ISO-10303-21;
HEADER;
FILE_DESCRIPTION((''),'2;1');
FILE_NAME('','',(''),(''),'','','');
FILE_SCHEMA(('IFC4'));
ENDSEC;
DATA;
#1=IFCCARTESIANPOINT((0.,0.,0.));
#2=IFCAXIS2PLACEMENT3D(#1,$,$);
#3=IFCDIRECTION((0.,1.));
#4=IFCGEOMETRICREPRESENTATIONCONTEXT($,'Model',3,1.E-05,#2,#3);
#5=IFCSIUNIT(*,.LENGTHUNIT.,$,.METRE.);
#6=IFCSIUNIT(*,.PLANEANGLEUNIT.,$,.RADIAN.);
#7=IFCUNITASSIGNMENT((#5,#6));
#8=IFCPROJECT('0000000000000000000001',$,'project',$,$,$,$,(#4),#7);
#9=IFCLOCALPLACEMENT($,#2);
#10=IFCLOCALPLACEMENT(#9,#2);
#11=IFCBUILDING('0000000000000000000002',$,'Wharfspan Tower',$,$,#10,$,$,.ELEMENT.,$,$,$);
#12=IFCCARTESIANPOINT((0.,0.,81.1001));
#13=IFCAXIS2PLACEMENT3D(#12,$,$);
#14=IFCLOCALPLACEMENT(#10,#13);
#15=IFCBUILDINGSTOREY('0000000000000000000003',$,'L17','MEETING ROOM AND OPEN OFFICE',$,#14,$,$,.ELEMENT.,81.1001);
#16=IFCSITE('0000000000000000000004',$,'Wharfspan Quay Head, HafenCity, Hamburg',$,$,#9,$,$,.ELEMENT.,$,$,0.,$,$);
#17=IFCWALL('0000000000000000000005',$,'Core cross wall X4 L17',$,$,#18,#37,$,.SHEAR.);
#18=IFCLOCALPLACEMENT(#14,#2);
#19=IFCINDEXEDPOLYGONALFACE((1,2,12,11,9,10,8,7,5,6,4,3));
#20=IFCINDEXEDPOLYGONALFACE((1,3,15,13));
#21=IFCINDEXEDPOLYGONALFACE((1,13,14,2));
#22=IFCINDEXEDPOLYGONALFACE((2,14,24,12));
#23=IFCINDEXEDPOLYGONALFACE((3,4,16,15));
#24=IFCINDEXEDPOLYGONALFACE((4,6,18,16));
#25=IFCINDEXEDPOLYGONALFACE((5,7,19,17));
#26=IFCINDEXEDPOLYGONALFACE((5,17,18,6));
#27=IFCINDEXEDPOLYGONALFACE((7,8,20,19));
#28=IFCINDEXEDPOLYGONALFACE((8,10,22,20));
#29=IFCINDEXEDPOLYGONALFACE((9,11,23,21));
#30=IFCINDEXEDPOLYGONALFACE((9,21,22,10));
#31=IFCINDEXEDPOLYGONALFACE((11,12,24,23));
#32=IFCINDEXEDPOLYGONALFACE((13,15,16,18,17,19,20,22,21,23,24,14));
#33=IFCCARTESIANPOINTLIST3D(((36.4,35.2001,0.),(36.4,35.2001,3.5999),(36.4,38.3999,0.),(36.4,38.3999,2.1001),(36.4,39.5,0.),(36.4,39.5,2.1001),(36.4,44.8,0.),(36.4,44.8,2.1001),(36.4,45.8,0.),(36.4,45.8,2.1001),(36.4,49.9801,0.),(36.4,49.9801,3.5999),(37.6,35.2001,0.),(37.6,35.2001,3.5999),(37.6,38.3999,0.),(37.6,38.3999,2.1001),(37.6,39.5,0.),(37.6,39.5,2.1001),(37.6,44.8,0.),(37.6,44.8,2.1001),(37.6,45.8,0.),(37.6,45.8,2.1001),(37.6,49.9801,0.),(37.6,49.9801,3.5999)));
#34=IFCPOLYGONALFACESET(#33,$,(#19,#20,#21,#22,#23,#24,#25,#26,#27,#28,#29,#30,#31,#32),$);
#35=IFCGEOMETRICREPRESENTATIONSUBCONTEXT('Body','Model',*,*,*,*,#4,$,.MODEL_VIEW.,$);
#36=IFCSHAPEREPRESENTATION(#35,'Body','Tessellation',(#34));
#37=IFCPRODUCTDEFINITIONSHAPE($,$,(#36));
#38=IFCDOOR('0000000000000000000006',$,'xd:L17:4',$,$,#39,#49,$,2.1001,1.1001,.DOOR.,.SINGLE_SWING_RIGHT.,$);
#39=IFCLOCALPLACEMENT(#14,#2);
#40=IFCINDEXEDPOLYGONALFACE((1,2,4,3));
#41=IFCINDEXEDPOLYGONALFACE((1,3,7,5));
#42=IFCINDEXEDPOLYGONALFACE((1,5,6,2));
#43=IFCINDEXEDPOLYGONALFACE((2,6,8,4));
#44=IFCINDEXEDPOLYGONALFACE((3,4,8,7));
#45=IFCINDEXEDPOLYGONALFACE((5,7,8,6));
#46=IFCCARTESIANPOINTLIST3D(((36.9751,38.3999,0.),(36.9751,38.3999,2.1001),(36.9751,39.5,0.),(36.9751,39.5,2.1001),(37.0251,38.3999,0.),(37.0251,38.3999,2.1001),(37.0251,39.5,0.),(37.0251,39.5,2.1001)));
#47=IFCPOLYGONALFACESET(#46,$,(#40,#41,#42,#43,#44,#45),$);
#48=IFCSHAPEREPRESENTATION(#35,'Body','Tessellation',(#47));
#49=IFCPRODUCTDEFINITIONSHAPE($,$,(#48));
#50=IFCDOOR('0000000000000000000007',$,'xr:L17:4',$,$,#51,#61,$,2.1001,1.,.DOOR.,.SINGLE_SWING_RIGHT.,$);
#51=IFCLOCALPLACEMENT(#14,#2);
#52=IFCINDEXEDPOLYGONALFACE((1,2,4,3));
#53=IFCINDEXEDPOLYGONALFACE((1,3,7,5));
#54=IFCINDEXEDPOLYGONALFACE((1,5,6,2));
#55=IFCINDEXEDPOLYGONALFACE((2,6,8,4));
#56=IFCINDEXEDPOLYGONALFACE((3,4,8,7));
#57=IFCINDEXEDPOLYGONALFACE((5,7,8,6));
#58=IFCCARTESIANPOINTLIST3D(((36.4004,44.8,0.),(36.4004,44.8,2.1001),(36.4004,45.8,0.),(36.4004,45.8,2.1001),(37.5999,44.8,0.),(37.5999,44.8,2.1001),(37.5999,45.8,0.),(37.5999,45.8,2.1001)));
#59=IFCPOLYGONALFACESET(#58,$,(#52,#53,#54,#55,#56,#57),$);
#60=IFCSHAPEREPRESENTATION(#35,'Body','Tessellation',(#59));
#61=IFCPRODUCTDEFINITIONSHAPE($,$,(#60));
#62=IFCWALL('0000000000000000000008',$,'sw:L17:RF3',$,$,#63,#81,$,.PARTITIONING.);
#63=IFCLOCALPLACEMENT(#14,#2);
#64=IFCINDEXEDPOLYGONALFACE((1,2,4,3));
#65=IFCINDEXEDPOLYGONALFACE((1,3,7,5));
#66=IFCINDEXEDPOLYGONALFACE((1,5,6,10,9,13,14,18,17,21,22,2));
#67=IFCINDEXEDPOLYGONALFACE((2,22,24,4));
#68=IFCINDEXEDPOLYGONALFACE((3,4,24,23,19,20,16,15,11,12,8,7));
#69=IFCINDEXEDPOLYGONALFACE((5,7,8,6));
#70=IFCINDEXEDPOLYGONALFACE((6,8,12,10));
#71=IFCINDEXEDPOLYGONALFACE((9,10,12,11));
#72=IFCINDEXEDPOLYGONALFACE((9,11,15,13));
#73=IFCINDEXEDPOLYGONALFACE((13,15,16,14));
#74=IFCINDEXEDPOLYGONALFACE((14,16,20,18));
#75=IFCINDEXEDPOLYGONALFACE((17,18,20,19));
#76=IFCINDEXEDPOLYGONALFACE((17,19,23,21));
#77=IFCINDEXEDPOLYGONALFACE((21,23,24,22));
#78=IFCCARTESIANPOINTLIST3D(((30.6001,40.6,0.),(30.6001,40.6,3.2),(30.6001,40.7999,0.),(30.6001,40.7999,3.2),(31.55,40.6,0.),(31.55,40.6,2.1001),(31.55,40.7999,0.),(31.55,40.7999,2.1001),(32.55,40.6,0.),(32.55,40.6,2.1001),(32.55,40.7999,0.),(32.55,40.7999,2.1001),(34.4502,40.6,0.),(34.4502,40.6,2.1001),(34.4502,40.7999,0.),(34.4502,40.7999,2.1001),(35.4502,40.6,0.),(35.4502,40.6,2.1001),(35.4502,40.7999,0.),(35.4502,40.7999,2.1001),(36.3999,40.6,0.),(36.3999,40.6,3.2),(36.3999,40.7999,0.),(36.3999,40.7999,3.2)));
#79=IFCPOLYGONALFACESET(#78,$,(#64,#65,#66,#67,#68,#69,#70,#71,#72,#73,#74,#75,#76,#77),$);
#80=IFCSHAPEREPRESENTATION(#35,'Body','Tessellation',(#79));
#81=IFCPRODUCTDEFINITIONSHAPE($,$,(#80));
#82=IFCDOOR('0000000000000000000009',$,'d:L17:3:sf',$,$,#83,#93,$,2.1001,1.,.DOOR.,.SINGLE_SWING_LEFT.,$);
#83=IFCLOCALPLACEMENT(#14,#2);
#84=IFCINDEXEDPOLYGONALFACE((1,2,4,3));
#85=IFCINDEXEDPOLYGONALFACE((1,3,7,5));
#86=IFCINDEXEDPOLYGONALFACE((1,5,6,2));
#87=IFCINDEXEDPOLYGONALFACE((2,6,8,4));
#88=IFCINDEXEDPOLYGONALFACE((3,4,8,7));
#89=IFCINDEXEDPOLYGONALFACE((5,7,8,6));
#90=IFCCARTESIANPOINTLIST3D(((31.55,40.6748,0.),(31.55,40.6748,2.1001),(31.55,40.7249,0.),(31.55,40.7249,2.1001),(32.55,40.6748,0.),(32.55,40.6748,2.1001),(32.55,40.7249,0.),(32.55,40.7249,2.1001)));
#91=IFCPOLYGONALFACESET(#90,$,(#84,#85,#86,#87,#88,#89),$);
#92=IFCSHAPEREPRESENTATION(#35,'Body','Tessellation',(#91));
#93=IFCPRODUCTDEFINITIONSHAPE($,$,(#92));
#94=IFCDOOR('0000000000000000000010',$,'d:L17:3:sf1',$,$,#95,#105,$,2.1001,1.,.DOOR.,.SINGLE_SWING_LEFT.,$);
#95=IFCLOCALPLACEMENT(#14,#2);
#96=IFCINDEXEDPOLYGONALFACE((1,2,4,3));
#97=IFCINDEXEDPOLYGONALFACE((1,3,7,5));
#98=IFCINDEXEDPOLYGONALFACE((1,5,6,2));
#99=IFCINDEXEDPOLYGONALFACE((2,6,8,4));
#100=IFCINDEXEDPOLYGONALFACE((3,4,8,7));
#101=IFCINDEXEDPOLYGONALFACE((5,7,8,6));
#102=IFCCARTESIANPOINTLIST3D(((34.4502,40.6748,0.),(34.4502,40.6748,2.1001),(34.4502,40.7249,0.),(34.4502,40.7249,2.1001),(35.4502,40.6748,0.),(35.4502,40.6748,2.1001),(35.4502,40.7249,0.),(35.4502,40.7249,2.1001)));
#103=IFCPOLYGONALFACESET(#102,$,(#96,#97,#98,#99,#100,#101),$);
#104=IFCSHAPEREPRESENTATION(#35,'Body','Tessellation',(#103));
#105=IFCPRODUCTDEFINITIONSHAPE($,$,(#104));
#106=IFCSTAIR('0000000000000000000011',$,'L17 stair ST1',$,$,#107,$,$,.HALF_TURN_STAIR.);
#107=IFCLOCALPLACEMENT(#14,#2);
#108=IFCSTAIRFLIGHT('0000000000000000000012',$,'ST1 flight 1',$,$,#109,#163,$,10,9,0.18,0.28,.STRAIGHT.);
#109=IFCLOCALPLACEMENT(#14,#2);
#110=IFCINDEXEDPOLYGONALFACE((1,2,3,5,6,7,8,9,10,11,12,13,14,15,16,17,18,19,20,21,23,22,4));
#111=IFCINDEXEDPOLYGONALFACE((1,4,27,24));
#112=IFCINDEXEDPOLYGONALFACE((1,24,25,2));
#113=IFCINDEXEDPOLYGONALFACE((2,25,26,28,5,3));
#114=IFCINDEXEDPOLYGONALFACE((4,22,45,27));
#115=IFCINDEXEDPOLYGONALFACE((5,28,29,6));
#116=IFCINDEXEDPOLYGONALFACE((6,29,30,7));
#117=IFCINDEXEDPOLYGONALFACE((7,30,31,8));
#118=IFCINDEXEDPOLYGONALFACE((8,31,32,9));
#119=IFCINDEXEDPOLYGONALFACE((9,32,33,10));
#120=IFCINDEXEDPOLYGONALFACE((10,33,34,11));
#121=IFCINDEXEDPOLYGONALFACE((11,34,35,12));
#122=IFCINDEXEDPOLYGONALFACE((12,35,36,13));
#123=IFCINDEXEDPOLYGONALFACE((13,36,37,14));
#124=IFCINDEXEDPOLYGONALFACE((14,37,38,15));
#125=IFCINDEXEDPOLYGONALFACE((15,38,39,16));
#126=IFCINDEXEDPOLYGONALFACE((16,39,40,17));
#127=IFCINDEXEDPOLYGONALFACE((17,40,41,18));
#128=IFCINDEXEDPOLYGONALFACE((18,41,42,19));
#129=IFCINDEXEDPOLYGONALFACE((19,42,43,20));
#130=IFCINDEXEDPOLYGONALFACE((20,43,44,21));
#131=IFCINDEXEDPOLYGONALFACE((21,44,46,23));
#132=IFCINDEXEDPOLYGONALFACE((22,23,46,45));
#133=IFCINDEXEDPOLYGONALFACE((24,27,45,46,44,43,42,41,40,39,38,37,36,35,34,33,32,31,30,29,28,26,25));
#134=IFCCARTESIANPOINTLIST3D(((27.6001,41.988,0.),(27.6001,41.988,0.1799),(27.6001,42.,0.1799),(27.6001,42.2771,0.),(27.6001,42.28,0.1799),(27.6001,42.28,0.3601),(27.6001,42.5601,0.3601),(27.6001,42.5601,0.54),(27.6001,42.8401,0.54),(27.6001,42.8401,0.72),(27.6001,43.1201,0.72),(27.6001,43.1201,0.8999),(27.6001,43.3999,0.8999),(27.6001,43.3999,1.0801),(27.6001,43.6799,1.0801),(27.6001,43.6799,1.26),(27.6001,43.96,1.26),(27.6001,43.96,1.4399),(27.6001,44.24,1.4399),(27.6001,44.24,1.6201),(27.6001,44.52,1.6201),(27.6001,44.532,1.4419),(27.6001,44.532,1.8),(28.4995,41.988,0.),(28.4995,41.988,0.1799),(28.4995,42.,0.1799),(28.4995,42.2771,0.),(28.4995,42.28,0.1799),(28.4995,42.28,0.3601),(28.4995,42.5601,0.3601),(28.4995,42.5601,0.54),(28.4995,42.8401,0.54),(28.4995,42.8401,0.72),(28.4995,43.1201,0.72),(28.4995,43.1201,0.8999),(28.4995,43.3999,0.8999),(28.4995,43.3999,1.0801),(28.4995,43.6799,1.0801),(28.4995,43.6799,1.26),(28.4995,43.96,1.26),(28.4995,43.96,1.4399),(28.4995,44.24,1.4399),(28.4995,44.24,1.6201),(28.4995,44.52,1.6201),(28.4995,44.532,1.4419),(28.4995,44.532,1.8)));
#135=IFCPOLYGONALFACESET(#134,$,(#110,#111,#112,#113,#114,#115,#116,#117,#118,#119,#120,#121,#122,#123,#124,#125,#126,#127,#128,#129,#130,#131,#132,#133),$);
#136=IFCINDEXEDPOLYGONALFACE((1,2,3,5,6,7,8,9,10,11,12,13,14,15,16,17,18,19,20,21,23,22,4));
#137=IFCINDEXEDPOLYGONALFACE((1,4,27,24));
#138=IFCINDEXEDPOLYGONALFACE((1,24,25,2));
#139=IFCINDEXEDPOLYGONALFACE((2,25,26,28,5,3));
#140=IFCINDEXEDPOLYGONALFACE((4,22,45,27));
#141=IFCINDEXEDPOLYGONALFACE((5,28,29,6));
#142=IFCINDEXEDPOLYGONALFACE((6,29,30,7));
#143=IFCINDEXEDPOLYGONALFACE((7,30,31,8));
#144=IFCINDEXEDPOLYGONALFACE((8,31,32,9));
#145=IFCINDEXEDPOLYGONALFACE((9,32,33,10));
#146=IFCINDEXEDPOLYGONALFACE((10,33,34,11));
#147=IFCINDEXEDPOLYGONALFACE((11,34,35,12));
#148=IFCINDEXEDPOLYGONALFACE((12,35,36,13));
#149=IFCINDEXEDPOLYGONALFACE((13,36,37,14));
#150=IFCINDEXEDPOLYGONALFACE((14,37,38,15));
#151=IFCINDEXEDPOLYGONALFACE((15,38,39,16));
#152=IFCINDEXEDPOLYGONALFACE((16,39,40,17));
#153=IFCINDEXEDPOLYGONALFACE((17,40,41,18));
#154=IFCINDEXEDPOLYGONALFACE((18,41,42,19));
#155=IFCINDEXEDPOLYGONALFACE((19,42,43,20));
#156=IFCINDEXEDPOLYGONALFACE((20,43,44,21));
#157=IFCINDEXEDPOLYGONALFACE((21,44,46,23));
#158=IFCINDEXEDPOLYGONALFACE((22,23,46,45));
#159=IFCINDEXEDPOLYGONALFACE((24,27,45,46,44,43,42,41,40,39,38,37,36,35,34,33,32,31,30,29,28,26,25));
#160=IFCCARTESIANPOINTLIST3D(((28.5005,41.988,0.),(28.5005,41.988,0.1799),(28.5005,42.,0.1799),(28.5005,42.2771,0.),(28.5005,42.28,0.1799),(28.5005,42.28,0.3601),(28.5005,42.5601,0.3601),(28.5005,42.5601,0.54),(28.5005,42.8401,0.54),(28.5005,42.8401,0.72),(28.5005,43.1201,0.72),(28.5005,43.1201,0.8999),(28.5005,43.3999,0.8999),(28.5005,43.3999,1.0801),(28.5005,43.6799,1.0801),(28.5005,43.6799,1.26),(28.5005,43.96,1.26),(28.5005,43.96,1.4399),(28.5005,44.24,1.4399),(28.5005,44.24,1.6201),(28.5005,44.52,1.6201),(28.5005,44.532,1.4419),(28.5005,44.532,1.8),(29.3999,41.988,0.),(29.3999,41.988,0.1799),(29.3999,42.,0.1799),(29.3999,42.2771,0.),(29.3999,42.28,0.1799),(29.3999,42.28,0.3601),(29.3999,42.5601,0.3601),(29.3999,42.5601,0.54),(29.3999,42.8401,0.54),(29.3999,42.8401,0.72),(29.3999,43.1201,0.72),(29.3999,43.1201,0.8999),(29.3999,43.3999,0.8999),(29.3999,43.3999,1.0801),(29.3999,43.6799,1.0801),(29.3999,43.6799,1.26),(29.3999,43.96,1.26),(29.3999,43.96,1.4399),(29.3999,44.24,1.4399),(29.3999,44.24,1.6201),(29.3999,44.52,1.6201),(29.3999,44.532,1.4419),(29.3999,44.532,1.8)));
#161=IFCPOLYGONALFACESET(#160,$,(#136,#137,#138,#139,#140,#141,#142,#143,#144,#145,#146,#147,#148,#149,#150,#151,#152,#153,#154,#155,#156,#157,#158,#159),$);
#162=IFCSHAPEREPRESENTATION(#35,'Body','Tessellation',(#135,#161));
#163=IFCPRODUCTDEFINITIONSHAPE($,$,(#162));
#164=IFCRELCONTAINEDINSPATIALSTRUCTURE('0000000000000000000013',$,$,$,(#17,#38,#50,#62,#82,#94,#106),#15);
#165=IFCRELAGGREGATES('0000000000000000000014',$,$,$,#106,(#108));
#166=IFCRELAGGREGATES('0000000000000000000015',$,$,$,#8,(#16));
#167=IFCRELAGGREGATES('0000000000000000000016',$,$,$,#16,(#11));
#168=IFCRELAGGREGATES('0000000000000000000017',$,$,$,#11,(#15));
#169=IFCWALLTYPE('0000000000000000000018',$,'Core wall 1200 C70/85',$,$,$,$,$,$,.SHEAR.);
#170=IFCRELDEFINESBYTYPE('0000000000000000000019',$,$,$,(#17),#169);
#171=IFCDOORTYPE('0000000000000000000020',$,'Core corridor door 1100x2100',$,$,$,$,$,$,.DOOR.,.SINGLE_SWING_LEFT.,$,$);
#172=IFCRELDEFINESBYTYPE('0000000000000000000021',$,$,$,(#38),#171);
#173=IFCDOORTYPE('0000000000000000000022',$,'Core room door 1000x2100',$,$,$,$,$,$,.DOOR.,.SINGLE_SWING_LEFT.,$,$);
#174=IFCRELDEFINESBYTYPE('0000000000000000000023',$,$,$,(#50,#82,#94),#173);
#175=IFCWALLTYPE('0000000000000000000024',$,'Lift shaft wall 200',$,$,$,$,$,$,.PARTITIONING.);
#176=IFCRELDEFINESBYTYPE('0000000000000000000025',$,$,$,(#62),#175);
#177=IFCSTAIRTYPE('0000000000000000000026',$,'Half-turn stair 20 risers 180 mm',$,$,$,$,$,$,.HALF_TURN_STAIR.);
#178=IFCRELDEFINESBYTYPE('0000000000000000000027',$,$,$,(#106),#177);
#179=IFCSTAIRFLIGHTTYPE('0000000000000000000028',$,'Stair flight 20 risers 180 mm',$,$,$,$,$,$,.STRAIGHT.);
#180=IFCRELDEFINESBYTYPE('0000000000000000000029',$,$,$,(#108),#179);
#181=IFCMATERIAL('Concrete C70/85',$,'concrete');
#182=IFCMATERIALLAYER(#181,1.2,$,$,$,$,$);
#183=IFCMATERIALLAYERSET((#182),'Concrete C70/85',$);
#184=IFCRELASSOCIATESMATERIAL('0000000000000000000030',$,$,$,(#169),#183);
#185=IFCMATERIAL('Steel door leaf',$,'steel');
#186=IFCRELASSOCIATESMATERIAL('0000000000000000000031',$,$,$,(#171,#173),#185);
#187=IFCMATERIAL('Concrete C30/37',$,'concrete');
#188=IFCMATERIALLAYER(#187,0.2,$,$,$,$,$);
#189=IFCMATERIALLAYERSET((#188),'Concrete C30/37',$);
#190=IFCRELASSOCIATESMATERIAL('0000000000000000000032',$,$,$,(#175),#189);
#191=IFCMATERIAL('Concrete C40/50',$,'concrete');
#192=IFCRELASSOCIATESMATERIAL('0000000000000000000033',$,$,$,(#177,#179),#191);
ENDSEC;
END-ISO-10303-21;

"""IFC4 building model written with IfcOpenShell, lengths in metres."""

from ifc_helpers import new_model, si_unit, direction, frame, frame_2d, origin, place, context, subcontext, project, spatial, polyline, rectangle, outline, extrude, material, layer, layer_set, type_object, element, fill, aggregate, save


model = new_model("IFC4")

# Units and contexts
model_context = context("Model", 3, precision=1e-05, world=origin(), true_north=direction((0.0, 1.0)))
body_context = subcontext(model_context, "Body", "Model", "MODEL_VIEW")
ifc_project = project(units=[si_unit("LENGTHUNIT", "METRE"), si_unit("PLANEANGLEUNIT", "RADIAN")], contexts=[model_context])

# Site, building, storey
site_placement = place(None, origin())
site = spatial("IfcSite", under=ifc_project, at=site_placement, Name="Wharfspan Quay Head, HafenCity, Hamburg", CompositionType="ELEMENT", RefElevation=0.0)
building_placement = place(site_placement, origin())
building = spatial("IfcBuilding", under=site, at=building_placement, Name="Wharfspan Tower", CompositionType="ELEMENT")
storey_placement = place(building_placement, frame((0.0, 0.0, 81.1001)))
storey = spatial("IfcBuildingStorey", under=building, at=storey_placement, Name="L17", Description="MEETING ROOM AND OPEN OFFICE", CompositionType="ELEMENT", Elevation=81.1001)

# Walls, openings, doors
ifc_material_1 = material(Name="Concrete C70/85", Category="concrete")
ifc_layer_1 = layer(ifc_material_1, 1.2)
ifc_layer_set_1 = layer_set([ifc_layer_1], Name="Concrete C70/85")
wall_type_1 = type_object("IfcWallType", Name="Core wall 1200 C70/85", PredefinedType="SHEAR", material=ifc_layer_set_1)
wall_1_placement = place(storey_placement, frame((37.0, 35.2, 0.0), z_axis=(0.0, 0.0, 1.0), x_axis=(0.0, 1.0, 0.0)))
wall_1 = element("IfcWall", 1, at=wall_1_placement, inside=storey, type_object=wall_type_1, Name="Core cross wall X4 L17", PredefinedType="SHEAR", context=body_context, shape_type="SweptSolid", body=[
    extrude(rectangle(XDim=14.78, YDim=1.2, at=frame_2d((7.3901, 0.0))), origin(), (0.0, 0.0, 1.0), 3.5999),
])
opening_1_placement = place(wall_1_placement, frame((3.2, 0.0, 0.0)))
opening_1 = element("IfcOpeningElement", 2, at=opening_1_placement, cuts=wall_1, PredefinedType="OPENING", context=body_context, shape_type="SweptSolid", body=[
    extrude(rectangle(XDim=1.1001, YDim=2.1001, at=frame_2d((0.55, 1.05))), frame((0.0, 0.6099, 0.0), z_axis=(0.0, -1.0, 0.0), x_axis=(1.0, 0.0, 0.0)), (0.0, 0.0, 1.0), 1.22),
])
opening_2_placement = place(wall_1_placement, frame((9.6001, 0.0, 0.0)))
opening_2 = element("IfcOpeningElement", 3, at=opening_2_placement, cuts=wall_1, PredefinedType="OPENING", context=body_context, shape_type="SweptSolid", body=[
    extrude(rectangle(XDim=1.0, YDim=2.1001, at=frame_2d((0.5, 1.05))), frame((0.0, 0.6099, 0.0), z_axis=(0.0, -1.0, 0.0), x_axis=(1.0, 0.0, 0.0)), (0.0, 0.0, 1.0), 1.22),
])
ifc_material_2 = material(Name="Steel door leaf", Category="steel")
door_type_1 = type_object("IfcDoorType", Name="Core corridor door 1100x2100", OperationType="SINGLE_SWING_LEFT", PredefinedType="DOOR", material=ifc_material_2)
door_1_placement = place(opening_1_placement, origin())
door_1 = element("IfcDoor", 4, at=door_1_placement, inside=storey, type_object=door_type_1, Name="xd:L17:4", OperationType="SINGLE_SWING_RIGHT", OverallHeight=2.1001, OverallWidth=1.1001, PredefinedType="DOOR", context=body_context, shape_type="SweptSolid", body=[
    extrude(rectangle(XDim=1.1001, YDim=2.1001, at=frame_2d((0.55, 1.05))), frame((0.0, 0.0249, 0.0), z_axis=(0.0, -1.0, 0.0), x_axis=(1.0, 0.0, 0.0)), (0.0, 0.0, 1.0), 0.05),
])
fill(opening_1, door_1)
door_type_2 = type_object("IfcDoorType", Name="Core room door 1000x2100", OperationType="SINGLE_SWING_LEFT", PredefinedType="DOOR", material=ifc_material_2)
door_2_placement = place(opening_2_placement, origin())
door_2 = element("IfcDoor", 5, at=door_2_placement, inside=storey, type_object=door_type_2, Name="xr:L17:4", OperationType="SINGLE_SWING_RIGHT", OverallHeight=2.1001, OverallWidth=1.0, PredefinedType="DOOR", context=body_context, shape_type="SweptSolid", body=[
    extrude(rectangle(XDim=1.0, YDim=2.1001, at=frame_2d((0.5, 1.05))), frame((0.0, 0.5996, 0.0), z_axis=(0.0, -1.0, 0.0), x_axis=(1.0, 0.0, 0.0)), (0.0, 0.0, 1.0), 1.1995),
])
fill(opening_2, door_2)
ifc_material_3 = material(Name="Concrete C30/37", Category="concrete")
ifc_layer_2 = layer(ifc_material_3, 0.2)
ifc_layer_set_2 = layer_set([ifc_layer_2], Name="Concrete C30/37")
wall_type_2 = type_object("IfcWallType", Name="Lift shaft wall 200", PredefinedType="PARTITIONING", material=ifc_layer_set_2)
wall_2_placement = place(storey_placement, frame((30.6001, 40.7, 0.0), z_axis=(0.0, 0.0, 1.0), x_axis=(1.0, 0.0, 0.0)))
wall_2 = element("IfcWall", 6, at=wall_2_placement, inside=storey, type_object=wall_type_2, Name="sw:L17:RF3", PredefinedType="PARTITIONING", context=body_context, shape_type="SweptSolid", body=[
    extrude(rectangle(XDim=5.7998, YDim=0.2, at=frame_2d((2.8999, 0.0))), origin(), (0.0, 0.0, 1.0), 3.2),
])
opening_3_placement = place(wall_2_placement, frame((0.95, 0.0, 0.0)))
opening_3 = element("IfcOpeningElement", 7, at=opening_3_placement, cuts=wall_2, PredefinedType="OPENING", context=body_context, shape_type="SweptSolid", body=[
    extrude(rectangle(XDim=1.0, YDim=2.1001, at=frame_2d((0.5, 1.05))), frame((0.0, 0.1099, 0.0), z_axis=(0.0, -1.0, 0.0), x_axis=(1.0, 0.0, 0.0)), (0.0, 0.0, 1.0), 0.22),
])
opening_4_placement = place(wall_2_placement, frame((3.8501, 0.0, 0.0)))
opening_4 = element("IfcOpeningElement", 8, at=opening_4_placement, cuts=wall_2, PredefinedType="OPENING", context=body_context, shape_type="SweptSolid", body=[
    extrude(rectangle(XDim=1.0, YDim=2.1001, at=frame_2d((0.5, 1.05))), frame((0.0, 0.1099, 0.0), z_axis=(0.0, -1.0, 0.0), x_axis=(1.0, 0.0, 0.0)), (0.0, 0.0, 1.0), 0.22),
])
door_3_placement = place(opening_3_placement, origin())
door_3 = element("IfcDoor", 9, at=door_3_placement, inside=storey, type_object=door_type_2, Name="d:L17:3:sf", OperationType="SINGLE_SWING_LEFT", OverallHeight=2.1001, OverallWidth=1.0, PredefinedType="DOOR", context=body_context, shape_type="SweptSolid", body=[
    extrude(rectangle(XDim=1.0, YDim=2.1001, at=frame_2d((0.5, 1.05))), frame((0.0, 0.0249, 0.0), z_axis=(0.0, -1.0, 0.0), x_axis=(1.0, 0.0, 0.0)), (0.0, 0.0, 1.0), 0.05),
])
fill(opening_3, door_3)
door_4_placement = place(opening_4_placement, origin())
door_4 = element("IfcDoor", 10, at=door_4_placement, inside=storey, type_object=door_type_2, Name="d:L17:3:sf1", OperationType="SINGLE_SWING_LEFT", OverallHeight=2.1001, OverallWidth=1.0, PredefinedType="DOOR", context=body_context, shape_type="SweptSolid", body=[
    extrude(rectangle(XDim=1.0, YDim=2.1001, at=frame_2d((0.5, 1.05))), frame((0.0, 0.0249, 0.0), z_axis=(0.0, -1.0, 0.0), x_axis=(1.0, 0.0, 0.0)), (0.0, 0.0, 1.0), 0.05),
])
fill(opening_4, door_4)

# Stair, stair flight
ifc_material_4 = material(Name="Concrete C40/50", Category="concrete")
stair_type = type_object("IfcStairType", Name="Half-turn stair 20 risers 180 mm", PredefinedType="HALF_TURN_STAIR", material=ifc_material_4)
stair_placement = place(storey_placement, origin())
stair = element("IfcStair", 11, at=stair_placement, inside=storey, type_object=stair_type, Name="L17 stair ST1", PredefinedType="HALF_TURN_STAIR")
stair_flight_type = type_object("IfcStairFlightType", Name="Stair flight 20 risers 180 mm", PredefinedType="STRAIGHT", material=ifc_material_4)
stair_flight_placement = place(storey_placement, frame((28.5, 42.0, 0.0), z_axis=(0.0, 0.0, 1.0), x_axis=(0.0, 1.0, 0.0)))
stair_flight = element("IfcStairFlight", 12, at=stair_flight_placement, type_object=stair_flight_type, Name="ST1 flight 1", NumberOfRisers=10, NumberOfTreads=9, PredefinedType="STRAIGHT", RiserHeight=0.18, TreadLength=0.28, context=body_context, shape_type="SweptSolid", body=[
    extrude(outline(polyline([(-0.012, 0.0), (-0.012, 0.1799), (0.0, 0.1799), (0.28, 0.1799), (0.28, 0.3601), (0.5601, 0.3601), (0.5601, 0.54), (0.8401, 0.54), (0.8401, 0.72), (1.1201, 0.72), (1.1201, 0.8999), (1.3999, 0.8999), (1.3999, 1.0801), (1.6799, 1.0801), (1.6799, 1.26), (1.96, 1.26), (1.96, 1.4399), (2.24, 1.4399), (2.24, 1.6201), (2.52, 1.6201), (2.532, 1.8), (2.532, 1.4419), (0.2771, 0.0), (-0.012, 0.0)])), frame((0.0, 0.8999, 0.0), z_axis=(0.0, -1.0, 0.0), x_axis=(1.0, 0.0, 0.0)), (0.0, 0.0, 1.0), 0.8994),
    extrude(outline(polyline([(-0.012, 0.0), (-0.012, 0.1799), (0.0, 0.1799), (0.28, 0.1799), (0.28, 0.3601), (0.5601, 0.3601), (0.5601, 0.54), (0.8401, 0.54), (0.8401, 0.72), (1.1201, 0.72), (1.1201, 0.8999), (1.3999, 0.8999), (1.3999, 1.0801), (1.6799, 1.0801), (1.6799, 1.26), (1.96, 1.26), (1.96, 1.4399), (2.24, 1.4399), (2.24, 1.6201), (2.52, 1.6201), (2.532, 1.8), (2.532, 1.4419), (0.2771, 0.0), (-0.012, 0.0)])), frame((0.0, -0.0005, 0.0), z_axis=(0.0, -1.0, 0.0), x_axis=(1.0, 0.0, 0.0)), (0.0, 0.0, 1.0), 0.8994),
])
aggregate(stair, [stair_flight])

save(model, "model.ifc")
